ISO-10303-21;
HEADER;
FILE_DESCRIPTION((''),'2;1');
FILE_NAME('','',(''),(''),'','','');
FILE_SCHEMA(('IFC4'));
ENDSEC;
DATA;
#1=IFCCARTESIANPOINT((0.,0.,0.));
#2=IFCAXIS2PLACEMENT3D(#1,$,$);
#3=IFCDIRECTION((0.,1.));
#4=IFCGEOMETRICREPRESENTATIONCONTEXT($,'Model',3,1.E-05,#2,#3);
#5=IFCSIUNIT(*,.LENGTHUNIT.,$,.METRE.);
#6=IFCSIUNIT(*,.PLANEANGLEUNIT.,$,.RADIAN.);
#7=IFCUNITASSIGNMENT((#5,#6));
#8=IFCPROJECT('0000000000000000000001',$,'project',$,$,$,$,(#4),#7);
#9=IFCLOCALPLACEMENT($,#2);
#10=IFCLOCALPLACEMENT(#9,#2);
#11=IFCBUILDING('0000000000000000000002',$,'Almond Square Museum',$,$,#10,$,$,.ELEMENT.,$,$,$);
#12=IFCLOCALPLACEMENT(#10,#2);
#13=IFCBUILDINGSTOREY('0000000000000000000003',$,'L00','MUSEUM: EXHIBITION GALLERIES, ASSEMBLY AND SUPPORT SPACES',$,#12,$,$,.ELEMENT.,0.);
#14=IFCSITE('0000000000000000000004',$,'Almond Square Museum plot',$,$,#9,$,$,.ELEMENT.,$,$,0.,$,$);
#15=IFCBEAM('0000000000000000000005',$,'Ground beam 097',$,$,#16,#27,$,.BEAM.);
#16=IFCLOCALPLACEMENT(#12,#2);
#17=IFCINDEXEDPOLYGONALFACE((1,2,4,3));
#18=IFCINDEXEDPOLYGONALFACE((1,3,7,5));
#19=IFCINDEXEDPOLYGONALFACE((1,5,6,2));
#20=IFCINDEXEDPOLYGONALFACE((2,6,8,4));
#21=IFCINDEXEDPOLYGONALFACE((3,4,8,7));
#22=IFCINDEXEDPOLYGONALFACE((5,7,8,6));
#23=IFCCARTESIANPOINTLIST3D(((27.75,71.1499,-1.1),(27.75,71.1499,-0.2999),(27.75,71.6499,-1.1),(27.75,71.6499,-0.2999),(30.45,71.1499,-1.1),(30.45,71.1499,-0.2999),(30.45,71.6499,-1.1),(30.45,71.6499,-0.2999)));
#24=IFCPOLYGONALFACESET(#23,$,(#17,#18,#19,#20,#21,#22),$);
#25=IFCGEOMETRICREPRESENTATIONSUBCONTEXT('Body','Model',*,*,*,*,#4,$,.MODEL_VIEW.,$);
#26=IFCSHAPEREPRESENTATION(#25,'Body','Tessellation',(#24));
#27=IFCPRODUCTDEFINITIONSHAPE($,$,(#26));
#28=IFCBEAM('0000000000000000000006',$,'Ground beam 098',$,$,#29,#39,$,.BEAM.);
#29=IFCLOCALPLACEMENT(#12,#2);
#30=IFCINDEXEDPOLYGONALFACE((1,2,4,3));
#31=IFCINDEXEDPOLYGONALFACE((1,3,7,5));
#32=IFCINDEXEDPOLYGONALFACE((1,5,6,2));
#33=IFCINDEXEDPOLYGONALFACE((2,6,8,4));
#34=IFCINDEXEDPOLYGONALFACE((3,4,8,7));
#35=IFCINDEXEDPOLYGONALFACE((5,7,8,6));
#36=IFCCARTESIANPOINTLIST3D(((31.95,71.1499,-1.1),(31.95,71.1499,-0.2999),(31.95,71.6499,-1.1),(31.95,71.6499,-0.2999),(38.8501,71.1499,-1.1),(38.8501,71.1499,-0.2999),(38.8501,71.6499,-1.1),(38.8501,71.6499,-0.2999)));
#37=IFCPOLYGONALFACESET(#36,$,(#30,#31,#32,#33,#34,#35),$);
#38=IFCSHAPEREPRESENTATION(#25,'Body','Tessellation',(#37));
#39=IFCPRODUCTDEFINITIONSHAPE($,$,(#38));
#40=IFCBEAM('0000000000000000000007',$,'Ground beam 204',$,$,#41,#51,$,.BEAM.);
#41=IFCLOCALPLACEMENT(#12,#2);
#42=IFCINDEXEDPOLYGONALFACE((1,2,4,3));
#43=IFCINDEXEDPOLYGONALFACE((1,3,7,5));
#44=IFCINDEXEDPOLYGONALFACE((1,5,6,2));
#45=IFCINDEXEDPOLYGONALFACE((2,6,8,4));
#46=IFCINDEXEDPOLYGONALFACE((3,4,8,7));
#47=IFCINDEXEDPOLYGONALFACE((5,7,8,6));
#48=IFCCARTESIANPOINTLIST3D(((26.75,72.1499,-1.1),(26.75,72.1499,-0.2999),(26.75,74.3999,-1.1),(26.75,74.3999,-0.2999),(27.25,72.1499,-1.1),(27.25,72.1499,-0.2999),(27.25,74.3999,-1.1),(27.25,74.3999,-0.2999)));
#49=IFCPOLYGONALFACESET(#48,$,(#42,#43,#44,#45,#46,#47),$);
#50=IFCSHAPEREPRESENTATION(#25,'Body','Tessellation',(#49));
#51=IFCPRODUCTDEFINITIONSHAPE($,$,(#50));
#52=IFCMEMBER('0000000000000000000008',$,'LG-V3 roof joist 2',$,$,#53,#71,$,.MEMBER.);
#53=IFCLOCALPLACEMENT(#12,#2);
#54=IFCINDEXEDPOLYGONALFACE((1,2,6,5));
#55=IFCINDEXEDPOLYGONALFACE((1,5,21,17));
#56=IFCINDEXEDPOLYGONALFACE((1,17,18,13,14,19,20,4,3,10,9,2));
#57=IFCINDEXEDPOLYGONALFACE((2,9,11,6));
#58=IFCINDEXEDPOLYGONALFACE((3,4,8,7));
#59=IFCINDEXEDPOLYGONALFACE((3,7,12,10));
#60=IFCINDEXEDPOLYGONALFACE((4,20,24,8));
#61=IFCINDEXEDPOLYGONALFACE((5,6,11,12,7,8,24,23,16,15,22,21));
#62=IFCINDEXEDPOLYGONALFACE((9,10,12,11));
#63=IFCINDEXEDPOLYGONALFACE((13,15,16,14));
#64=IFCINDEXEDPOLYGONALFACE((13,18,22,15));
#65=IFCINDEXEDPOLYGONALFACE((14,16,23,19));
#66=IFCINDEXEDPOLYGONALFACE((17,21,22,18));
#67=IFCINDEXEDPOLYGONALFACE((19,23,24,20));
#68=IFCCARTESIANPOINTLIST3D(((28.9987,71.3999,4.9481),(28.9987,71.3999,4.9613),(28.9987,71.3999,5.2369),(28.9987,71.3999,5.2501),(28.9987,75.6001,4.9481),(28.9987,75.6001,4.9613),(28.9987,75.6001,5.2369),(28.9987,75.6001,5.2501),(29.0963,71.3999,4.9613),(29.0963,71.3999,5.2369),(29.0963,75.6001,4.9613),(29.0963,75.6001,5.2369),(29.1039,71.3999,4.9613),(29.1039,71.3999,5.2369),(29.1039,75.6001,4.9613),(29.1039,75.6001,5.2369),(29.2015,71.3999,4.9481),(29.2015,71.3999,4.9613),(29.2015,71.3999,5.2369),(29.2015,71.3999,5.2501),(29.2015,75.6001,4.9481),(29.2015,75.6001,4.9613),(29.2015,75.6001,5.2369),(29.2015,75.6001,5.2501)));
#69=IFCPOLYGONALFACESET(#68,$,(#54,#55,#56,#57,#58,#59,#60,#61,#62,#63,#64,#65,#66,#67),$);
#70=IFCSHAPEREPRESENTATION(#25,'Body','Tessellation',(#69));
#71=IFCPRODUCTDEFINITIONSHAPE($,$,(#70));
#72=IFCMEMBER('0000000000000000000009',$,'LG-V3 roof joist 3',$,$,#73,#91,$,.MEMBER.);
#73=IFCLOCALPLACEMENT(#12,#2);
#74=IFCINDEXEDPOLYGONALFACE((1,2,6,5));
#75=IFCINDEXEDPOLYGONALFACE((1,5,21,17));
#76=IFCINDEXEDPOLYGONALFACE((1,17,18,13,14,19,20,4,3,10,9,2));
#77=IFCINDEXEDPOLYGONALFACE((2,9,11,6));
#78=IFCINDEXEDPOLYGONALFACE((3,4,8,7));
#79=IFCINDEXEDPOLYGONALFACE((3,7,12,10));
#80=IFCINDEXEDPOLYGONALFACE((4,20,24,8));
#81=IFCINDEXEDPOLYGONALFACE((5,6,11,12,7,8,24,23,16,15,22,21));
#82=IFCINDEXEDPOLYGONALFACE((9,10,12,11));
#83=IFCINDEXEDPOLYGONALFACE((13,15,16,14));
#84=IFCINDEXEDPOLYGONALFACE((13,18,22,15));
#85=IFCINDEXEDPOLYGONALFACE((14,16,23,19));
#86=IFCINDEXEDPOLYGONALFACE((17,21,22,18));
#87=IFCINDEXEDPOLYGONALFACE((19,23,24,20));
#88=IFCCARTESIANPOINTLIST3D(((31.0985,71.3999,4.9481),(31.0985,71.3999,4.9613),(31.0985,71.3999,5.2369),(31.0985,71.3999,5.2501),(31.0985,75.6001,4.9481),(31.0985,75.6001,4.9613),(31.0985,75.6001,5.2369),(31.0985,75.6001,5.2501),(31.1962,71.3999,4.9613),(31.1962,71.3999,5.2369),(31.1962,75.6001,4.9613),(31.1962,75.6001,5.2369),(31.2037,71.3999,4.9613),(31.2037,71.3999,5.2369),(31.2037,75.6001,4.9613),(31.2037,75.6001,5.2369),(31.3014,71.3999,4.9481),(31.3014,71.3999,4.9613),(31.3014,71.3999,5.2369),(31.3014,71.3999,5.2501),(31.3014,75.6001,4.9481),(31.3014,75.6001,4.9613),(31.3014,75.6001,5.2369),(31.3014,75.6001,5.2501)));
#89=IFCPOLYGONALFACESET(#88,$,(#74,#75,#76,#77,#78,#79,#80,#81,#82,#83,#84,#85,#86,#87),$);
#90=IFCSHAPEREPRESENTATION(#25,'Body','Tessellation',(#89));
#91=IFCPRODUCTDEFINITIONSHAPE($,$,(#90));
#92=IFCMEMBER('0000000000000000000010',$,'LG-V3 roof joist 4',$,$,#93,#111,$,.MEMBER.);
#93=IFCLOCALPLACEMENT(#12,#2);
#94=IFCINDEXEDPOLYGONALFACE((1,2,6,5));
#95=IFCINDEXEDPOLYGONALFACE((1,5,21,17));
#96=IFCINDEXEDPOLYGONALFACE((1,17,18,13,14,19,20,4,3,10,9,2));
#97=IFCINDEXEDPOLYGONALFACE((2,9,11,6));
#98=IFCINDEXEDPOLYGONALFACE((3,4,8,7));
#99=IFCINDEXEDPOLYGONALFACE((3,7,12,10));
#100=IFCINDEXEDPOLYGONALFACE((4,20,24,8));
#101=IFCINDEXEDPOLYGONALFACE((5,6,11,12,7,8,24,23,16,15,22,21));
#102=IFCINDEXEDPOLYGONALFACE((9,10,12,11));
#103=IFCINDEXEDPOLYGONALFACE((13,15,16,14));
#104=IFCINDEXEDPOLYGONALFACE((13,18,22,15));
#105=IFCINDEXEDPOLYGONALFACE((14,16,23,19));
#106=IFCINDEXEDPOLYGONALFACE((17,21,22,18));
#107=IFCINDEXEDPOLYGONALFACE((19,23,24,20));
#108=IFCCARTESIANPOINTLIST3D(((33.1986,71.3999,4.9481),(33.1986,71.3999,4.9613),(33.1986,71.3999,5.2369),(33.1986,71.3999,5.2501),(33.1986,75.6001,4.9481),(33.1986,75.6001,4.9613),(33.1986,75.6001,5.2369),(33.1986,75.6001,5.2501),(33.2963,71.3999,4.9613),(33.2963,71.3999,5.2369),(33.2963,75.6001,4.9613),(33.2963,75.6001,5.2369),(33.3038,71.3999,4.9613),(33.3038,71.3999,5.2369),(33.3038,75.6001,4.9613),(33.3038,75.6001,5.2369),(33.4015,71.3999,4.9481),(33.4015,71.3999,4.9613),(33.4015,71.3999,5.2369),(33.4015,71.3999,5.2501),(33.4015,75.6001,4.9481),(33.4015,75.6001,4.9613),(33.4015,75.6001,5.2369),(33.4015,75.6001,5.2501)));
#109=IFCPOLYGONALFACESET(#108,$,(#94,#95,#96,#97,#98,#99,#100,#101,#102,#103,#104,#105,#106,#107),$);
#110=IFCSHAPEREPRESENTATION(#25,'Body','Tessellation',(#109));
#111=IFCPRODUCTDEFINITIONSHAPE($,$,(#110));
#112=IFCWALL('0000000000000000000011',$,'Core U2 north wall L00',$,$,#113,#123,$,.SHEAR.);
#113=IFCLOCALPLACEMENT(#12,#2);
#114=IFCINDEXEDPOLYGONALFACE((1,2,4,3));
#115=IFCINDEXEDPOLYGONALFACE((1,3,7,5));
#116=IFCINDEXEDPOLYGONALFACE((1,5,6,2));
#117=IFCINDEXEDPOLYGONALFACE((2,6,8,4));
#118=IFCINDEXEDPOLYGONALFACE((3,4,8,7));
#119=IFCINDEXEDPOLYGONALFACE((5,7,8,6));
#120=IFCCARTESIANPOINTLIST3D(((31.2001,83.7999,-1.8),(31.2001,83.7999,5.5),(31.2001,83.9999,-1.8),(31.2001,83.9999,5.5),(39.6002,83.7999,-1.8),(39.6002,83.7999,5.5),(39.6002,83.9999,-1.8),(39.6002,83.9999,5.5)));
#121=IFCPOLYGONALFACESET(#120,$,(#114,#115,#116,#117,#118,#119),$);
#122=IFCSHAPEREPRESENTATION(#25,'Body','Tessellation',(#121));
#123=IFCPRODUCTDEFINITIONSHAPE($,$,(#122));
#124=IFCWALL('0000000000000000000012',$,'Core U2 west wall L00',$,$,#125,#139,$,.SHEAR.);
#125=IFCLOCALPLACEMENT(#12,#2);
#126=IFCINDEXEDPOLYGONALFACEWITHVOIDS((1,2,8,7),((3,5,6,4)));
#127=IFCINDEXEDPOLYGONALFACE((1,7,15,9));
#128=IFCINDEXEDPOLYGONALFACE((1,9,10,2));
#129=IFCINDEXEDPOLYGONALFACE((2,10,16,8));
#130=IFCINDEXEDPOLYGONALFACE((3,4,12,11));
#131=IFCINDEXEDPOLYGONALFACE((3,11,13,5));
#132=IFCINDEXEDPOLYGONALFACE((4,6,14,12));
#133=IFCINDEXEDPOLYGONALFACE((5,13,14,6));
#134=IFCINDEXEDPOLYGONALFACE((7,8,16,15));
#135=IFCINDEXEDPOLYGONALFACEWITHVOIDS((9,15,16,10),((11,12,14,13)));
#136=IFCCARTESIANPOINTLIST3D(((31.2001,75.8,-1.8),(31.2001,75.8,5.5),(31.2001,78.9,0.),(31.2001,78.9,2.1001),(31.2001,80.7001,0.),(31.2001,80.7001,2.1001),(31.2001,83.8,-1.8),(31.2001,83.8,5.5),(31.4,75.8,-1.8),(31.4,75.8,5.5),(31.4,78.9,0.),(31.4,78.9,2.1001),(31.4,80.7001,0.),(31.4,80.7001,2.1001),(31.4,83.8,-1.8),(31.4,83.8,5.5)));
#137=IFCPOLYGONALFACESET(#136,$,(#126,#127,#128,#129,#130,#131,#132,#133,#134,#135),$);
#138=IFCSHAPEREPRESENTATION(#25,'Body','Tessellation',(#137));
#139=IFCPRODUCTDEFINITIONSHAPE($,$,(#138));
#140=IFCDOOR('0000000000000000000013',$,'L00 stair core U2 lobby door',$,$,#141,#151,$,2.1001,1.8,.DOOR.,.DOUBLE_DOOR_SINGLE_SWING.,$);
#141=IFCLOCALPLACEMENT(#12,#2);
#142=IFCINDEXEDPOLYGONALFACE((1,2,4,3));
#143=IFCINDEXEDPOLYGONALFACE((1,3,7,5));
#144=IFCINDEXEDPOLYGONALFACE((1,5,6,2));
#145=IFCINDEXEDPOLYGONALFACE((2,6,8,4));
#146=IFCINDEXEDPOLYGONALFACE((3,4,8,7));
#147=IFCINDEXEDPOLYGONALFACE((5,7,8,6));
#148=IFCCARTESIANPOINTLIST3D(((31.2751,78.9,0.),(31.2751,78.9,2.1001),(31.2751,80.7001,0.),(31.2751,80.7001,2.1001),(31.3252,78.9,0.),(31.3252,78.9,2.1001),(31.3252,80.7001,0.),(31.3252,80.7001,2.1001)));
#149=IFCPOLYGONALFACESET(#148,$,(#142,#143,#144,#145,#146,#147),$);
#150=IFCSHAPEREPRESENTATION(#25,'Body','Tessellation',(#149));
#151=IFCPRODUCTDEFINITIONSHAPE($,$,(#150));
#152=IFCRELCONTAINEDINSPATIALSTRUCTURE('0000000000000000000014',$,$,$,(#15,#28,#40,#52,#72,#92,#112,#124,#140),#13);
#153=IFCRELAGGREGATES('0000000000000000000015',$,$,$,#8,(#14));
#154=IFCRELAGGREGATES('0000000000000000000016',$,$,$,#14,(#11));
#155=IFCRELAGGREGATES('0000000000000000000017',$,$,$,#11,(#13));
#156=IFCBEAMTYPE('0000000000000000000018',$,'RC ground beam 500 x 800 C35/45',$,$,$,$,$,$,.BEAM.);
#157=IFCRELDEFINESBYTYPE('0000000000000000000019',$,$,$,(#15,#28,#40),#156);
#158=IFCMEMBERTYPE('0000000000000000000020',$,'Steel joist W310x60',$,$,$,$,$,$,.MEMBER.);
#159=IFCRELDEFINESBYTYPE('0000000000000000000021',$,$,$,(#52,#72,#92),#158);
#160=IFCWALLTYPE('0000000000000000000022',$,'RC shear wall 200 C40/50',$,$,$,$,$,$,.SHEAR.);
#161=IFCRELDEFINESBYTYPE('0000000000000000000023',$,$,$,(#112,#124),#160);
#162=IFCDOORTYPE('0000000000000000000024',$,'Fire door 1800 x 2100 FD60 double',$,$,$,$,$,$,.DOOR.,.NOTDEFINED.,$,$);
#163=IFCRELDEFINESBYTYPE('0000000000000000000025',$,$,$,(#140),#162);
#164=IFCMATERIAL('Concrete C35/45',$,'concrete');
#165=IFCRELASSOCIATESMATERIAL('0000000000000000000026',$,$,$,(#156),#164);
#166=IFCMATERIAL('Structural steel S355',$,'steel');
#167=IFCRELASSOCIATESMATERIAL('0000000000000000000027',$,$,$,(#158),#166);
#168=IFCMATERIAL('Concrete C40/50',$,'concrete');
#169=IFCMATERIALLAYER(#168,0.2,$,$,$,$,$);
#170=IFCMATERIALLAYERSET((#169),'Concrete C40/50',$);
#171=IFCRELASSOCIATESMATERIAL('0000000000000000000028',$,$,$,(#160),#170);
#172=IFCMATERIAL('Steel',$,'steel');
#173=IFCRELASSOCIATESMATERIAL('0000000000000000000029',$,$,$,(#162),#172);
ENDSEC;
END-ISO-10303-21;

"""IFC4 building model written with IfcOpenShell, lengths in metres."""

from ifc_helpers import new_model, si_unit, direction, frame, frame_2d, origin, origin_2d, place, context, subcontext, project, spatial, rectangle, i_section, extrude, material, layer, layer_set, material_profile, profile_set, type_object, element, fill, save


model = new_model("IFC4")

# Units and contexts
model_context = context("Model", 3, precision=1e-05, world=origin(), true_north=direction((0.0, 1.0)))
body_context = subcontext(model_context, "Body", "Model", "MODEL_VIEW")
ifc_project = project(units=[si_unit("LENGTHUNIT", "METRE"), si_unit("PLANEANGLEUNIT", "RADIAN")], contexts=[model_context])

# Site, building, storey
site_placement = place(None, origin())
site = spatial("IfcSite", under=ifc_project, at=site_placement, Name="Almond Square Museum plot", CompositionType="ELEMENT", RefElevation=0.0)
building_placement = place(site_placement, origin())
building = spatial("IfcBuilding", under=site, at=building_placement, Name="Almond Square Museum", CompositionType="ELEMENT")
storey_placement = place(building_placement, origin())
storey = spatial("IfcBuildingStorey", under=building, at=storey_placement, Name="L00", Description="MUSEUM: EXHIBITION GALLERIES, ASSEMBLY AND SUPPORT SPACES", CompositionType="ELEMENT", Elevation=0.0)

# Beams
ifc_material_1 = material(Name="Concrete C35/45", Category="concrete")
ifc_material_profile_1 = material_profile(ifc_material_1, rectangle(XDim=0.5, YDim=0.8, at=origin_2d()))
ifc_profile_set_1 = profile_set([ifc_material_profile_1], Name="Concrete C35/45")
beam_type_1 = type_object("IfcBeamType", Name="RC ground beam 500 x 800 C35/45", PredefinedType="BEAM", material=ifc_profile_set_1)
beam_1_placement = place(storey_placement, frame((27.75, 71.3999, -0.7), z_axis=(1.0, 0.0, 0.0), x_axis=(0.0, 1.0, 0.0)))
element("IfcBeam", 1, at=beam_1_placement, inside=storey, type_object=beam_type_1, Name="Ground beam 097", PredefinedType="BEAM", context=body_context, shape_type="SweptSolid", body=[
    extrude(rectangle(XDim=0.5, YDim=0.8, at=origin_2d()), origin(), (0.0, 0.0, 1.0), 2.7),
])
beam_2_placement = place(storey_placement, frame((31.95, 71.3999, -0.7), z_axis=(1.0, 0.0, 0.0), x_axis=(0.0, 1.0, 0.0)))
element("IfcBeam", 2, at=beam_2_placement, inside=storey, type_object=beam_type_1, Name="Ground beam 098", PredefinedType="BEAM", context=body_context, shape_type="SweptSolid", body=[
    extrude(rectangle(XDim=0.5, YDim=0.8, at=origin_2d()), origin(), (0.0, 0.0, 1.0), 6.9001),
])
beam_3_placement = place(storey_placement, frame((27.0, 72.1499, -0.7), z_axis=(0.0, 1.0, 0.0), x_axis=(-1.0, 0.0, 0.0)))
element("IfcBeam", 3, at=beam_3_placement, inside=storey, type_object=beam_type_1, Name="Ground beam 204", PredefinedType="BEAM", context=body_context, shape_type="SweptSolid", body=[
    extrude(rectangle(XDim=0.5, YDim=0.8, at=origin_2d()), origin(), (0.0, 0.0, 1.0), 2.25),
])

# Members
ifc_material_2 = material(Name="Structural steel S355", Category="steel")
ifc_material_profile_2 = material_profile(ifc_material_2, i_section(OverallWidth=0.2029, OverallDepth=0.302, WebThickness=0.0076, FlangeThickness=0.0132, at=origin_2d()))
ifc_profile_set_2 = profile_set([ifc_material_profile_2], Name="Structural steel S355")
member_type = type_object("IfcMemberType", Name="Steel joist W310x60", PredefinedType="MEMBER", material=ifc_profile_set_2)
for number, where, z_axis, x_axis, name in (
    (4, (29.1001, 75.6001, 5.0991), (0.0, -1.0, 0.0), (1.0, 0.0, 0.0), "LG-V3 roof joist 2"),
    (5, (31.2, 75.6001, 5.0991), (0.0, -1.0, 0.0), (1.0, 0.0, 0.0), "LG-V3 roof joist 3"),
    (6, (33.3, 75.6001, 5.0991), (0.0, -1.0, 0.0), (1.0, 0.0, 0.0), "LG-V3 roof joist 4"),
):
    element("IfcMember", number, at=place(storey_placement, frame(where, z_axis=z_axis, x_axis=x_axis)), inside=storey, type_object=member_type, Name=name, PredefinedType="MEMBER", context=body_context, shape_type="SweptSolid", body=[
        extrude(i_section(OverallWidth=0.2029, OverallDepth=0.302, WebThickness=0.0076, FlangeThickness=0.0132, at=origin_2d()), origin(), (0.0, 0.0, 1.0), 4.2002),
    ])

# Wall
ifc_material_3 = material(Name="Concrete C40/50", Category="concrete")
ifc_layer = layer(ifc_material_3, 0.2)
ifc_layer_set = layer_set([ifc_layer], Name="Concrete C40/50")
wall_type = type_object("IfcWallType", Name="RC shear wall 200 C40/50", PredefinedType="SHEAR", material=ifc_layer_set)
wall_1_placement = place(storey_placement, frame((31.2, 83.8999, -1.8), z_axis=(0.0, 0.0, 1.0), x_axis=(1.0, 0.0, 0.0)))
element("IfcWall", 7, at=wall_1_placement, inside=storey, type_object=wall_type, Name="Core U2 north wall L00", PredefinedType="SHEAR", context=body_context, shape_type="SweptSolid", body=[
    extrude(rectangle(XDim=8.4001, YDim=0.2, at=frame_2d((4.2002, 0.0))), origin(), (0.0, 0.0, 1.0), 7.3),
])

# Wall, opening, door
wall_2_placement = place(storey_placement, frame((31.3, 75.8, -1.8), z_axis=(0.0, 0.0, 1.0), x_axis=(0.0, 1.0, 0.0)))
wall_2 = element("IfcWall", 8, at=wall_2_placement, inside=storey, type_object=wall_type, Name="Core U2 west wall L00", PredefinedType="SHEAR", context=body_context, shape_type="SweptSolid", body=[
    extrude(rectangle(XDim=8.0, YDim=0.2, at=frame_2d((4.0, 0.0))), origin(), (0.0, 0.0, 1.0), 7.3),
])
opening_1_placement = place(wall_2_placement, frame((3.1001, 0.0, 1.8)))
opening_1 = element("IfcOpeningElement", 9, at=opening_1_placement, cuts=wall_2, PredefinedType="OPENING", context=body_context, shape_type="SweptSolid", body=[
    extrude(rectangle(XDim=1.8, YDim=2.1001, at=frame_2d((0.8999, 1.05))), frame((0.0, 0.1099, 0.0), z_axis=(0.0, -1.0, 0.0), x_axis=(1.0, 0.0, 0.0)), (0.0, 0.0, 1.0), 0.22),
])
ifc_material_4 = material(Name="Steel", Category="steel")
door_type_1 = type_object("IfcDoorType", Name="Fire door 1800 x 2100 FD60 double", OperationType="NOTDEFINED", PredefinedType="DOOR", material=ifc_material_4)
door_1_placement = place(opening_1_placement, origin())
door_1 = element("IfcDoor", 10, at=door_1_placement, inside=storey, type_object=door_type_1, Name="L00 stair core U2 lobby door", OperationType="DOUBLE_DOOR_SINGLE_SWING", OverallHeight=2.1001, OverallWidth=1.8, PredefinedType="DOOR", context=body_context, shape_type="SweptSolid", body=[
    extrude(rectangle(XDim=1.8, YDim=2.1001, at=frame_2d((0.8999, 1.05))), frame((0.0, 0.0249, 0.0), z_axis=(0.0, -1.0, 0.0), x_axis=(1.0, 0.0, 0.0)), (0.0, 0.0, 1.0), 0.05),
])
fill(opening_1, door_1)

save(model, "model.ifc")
